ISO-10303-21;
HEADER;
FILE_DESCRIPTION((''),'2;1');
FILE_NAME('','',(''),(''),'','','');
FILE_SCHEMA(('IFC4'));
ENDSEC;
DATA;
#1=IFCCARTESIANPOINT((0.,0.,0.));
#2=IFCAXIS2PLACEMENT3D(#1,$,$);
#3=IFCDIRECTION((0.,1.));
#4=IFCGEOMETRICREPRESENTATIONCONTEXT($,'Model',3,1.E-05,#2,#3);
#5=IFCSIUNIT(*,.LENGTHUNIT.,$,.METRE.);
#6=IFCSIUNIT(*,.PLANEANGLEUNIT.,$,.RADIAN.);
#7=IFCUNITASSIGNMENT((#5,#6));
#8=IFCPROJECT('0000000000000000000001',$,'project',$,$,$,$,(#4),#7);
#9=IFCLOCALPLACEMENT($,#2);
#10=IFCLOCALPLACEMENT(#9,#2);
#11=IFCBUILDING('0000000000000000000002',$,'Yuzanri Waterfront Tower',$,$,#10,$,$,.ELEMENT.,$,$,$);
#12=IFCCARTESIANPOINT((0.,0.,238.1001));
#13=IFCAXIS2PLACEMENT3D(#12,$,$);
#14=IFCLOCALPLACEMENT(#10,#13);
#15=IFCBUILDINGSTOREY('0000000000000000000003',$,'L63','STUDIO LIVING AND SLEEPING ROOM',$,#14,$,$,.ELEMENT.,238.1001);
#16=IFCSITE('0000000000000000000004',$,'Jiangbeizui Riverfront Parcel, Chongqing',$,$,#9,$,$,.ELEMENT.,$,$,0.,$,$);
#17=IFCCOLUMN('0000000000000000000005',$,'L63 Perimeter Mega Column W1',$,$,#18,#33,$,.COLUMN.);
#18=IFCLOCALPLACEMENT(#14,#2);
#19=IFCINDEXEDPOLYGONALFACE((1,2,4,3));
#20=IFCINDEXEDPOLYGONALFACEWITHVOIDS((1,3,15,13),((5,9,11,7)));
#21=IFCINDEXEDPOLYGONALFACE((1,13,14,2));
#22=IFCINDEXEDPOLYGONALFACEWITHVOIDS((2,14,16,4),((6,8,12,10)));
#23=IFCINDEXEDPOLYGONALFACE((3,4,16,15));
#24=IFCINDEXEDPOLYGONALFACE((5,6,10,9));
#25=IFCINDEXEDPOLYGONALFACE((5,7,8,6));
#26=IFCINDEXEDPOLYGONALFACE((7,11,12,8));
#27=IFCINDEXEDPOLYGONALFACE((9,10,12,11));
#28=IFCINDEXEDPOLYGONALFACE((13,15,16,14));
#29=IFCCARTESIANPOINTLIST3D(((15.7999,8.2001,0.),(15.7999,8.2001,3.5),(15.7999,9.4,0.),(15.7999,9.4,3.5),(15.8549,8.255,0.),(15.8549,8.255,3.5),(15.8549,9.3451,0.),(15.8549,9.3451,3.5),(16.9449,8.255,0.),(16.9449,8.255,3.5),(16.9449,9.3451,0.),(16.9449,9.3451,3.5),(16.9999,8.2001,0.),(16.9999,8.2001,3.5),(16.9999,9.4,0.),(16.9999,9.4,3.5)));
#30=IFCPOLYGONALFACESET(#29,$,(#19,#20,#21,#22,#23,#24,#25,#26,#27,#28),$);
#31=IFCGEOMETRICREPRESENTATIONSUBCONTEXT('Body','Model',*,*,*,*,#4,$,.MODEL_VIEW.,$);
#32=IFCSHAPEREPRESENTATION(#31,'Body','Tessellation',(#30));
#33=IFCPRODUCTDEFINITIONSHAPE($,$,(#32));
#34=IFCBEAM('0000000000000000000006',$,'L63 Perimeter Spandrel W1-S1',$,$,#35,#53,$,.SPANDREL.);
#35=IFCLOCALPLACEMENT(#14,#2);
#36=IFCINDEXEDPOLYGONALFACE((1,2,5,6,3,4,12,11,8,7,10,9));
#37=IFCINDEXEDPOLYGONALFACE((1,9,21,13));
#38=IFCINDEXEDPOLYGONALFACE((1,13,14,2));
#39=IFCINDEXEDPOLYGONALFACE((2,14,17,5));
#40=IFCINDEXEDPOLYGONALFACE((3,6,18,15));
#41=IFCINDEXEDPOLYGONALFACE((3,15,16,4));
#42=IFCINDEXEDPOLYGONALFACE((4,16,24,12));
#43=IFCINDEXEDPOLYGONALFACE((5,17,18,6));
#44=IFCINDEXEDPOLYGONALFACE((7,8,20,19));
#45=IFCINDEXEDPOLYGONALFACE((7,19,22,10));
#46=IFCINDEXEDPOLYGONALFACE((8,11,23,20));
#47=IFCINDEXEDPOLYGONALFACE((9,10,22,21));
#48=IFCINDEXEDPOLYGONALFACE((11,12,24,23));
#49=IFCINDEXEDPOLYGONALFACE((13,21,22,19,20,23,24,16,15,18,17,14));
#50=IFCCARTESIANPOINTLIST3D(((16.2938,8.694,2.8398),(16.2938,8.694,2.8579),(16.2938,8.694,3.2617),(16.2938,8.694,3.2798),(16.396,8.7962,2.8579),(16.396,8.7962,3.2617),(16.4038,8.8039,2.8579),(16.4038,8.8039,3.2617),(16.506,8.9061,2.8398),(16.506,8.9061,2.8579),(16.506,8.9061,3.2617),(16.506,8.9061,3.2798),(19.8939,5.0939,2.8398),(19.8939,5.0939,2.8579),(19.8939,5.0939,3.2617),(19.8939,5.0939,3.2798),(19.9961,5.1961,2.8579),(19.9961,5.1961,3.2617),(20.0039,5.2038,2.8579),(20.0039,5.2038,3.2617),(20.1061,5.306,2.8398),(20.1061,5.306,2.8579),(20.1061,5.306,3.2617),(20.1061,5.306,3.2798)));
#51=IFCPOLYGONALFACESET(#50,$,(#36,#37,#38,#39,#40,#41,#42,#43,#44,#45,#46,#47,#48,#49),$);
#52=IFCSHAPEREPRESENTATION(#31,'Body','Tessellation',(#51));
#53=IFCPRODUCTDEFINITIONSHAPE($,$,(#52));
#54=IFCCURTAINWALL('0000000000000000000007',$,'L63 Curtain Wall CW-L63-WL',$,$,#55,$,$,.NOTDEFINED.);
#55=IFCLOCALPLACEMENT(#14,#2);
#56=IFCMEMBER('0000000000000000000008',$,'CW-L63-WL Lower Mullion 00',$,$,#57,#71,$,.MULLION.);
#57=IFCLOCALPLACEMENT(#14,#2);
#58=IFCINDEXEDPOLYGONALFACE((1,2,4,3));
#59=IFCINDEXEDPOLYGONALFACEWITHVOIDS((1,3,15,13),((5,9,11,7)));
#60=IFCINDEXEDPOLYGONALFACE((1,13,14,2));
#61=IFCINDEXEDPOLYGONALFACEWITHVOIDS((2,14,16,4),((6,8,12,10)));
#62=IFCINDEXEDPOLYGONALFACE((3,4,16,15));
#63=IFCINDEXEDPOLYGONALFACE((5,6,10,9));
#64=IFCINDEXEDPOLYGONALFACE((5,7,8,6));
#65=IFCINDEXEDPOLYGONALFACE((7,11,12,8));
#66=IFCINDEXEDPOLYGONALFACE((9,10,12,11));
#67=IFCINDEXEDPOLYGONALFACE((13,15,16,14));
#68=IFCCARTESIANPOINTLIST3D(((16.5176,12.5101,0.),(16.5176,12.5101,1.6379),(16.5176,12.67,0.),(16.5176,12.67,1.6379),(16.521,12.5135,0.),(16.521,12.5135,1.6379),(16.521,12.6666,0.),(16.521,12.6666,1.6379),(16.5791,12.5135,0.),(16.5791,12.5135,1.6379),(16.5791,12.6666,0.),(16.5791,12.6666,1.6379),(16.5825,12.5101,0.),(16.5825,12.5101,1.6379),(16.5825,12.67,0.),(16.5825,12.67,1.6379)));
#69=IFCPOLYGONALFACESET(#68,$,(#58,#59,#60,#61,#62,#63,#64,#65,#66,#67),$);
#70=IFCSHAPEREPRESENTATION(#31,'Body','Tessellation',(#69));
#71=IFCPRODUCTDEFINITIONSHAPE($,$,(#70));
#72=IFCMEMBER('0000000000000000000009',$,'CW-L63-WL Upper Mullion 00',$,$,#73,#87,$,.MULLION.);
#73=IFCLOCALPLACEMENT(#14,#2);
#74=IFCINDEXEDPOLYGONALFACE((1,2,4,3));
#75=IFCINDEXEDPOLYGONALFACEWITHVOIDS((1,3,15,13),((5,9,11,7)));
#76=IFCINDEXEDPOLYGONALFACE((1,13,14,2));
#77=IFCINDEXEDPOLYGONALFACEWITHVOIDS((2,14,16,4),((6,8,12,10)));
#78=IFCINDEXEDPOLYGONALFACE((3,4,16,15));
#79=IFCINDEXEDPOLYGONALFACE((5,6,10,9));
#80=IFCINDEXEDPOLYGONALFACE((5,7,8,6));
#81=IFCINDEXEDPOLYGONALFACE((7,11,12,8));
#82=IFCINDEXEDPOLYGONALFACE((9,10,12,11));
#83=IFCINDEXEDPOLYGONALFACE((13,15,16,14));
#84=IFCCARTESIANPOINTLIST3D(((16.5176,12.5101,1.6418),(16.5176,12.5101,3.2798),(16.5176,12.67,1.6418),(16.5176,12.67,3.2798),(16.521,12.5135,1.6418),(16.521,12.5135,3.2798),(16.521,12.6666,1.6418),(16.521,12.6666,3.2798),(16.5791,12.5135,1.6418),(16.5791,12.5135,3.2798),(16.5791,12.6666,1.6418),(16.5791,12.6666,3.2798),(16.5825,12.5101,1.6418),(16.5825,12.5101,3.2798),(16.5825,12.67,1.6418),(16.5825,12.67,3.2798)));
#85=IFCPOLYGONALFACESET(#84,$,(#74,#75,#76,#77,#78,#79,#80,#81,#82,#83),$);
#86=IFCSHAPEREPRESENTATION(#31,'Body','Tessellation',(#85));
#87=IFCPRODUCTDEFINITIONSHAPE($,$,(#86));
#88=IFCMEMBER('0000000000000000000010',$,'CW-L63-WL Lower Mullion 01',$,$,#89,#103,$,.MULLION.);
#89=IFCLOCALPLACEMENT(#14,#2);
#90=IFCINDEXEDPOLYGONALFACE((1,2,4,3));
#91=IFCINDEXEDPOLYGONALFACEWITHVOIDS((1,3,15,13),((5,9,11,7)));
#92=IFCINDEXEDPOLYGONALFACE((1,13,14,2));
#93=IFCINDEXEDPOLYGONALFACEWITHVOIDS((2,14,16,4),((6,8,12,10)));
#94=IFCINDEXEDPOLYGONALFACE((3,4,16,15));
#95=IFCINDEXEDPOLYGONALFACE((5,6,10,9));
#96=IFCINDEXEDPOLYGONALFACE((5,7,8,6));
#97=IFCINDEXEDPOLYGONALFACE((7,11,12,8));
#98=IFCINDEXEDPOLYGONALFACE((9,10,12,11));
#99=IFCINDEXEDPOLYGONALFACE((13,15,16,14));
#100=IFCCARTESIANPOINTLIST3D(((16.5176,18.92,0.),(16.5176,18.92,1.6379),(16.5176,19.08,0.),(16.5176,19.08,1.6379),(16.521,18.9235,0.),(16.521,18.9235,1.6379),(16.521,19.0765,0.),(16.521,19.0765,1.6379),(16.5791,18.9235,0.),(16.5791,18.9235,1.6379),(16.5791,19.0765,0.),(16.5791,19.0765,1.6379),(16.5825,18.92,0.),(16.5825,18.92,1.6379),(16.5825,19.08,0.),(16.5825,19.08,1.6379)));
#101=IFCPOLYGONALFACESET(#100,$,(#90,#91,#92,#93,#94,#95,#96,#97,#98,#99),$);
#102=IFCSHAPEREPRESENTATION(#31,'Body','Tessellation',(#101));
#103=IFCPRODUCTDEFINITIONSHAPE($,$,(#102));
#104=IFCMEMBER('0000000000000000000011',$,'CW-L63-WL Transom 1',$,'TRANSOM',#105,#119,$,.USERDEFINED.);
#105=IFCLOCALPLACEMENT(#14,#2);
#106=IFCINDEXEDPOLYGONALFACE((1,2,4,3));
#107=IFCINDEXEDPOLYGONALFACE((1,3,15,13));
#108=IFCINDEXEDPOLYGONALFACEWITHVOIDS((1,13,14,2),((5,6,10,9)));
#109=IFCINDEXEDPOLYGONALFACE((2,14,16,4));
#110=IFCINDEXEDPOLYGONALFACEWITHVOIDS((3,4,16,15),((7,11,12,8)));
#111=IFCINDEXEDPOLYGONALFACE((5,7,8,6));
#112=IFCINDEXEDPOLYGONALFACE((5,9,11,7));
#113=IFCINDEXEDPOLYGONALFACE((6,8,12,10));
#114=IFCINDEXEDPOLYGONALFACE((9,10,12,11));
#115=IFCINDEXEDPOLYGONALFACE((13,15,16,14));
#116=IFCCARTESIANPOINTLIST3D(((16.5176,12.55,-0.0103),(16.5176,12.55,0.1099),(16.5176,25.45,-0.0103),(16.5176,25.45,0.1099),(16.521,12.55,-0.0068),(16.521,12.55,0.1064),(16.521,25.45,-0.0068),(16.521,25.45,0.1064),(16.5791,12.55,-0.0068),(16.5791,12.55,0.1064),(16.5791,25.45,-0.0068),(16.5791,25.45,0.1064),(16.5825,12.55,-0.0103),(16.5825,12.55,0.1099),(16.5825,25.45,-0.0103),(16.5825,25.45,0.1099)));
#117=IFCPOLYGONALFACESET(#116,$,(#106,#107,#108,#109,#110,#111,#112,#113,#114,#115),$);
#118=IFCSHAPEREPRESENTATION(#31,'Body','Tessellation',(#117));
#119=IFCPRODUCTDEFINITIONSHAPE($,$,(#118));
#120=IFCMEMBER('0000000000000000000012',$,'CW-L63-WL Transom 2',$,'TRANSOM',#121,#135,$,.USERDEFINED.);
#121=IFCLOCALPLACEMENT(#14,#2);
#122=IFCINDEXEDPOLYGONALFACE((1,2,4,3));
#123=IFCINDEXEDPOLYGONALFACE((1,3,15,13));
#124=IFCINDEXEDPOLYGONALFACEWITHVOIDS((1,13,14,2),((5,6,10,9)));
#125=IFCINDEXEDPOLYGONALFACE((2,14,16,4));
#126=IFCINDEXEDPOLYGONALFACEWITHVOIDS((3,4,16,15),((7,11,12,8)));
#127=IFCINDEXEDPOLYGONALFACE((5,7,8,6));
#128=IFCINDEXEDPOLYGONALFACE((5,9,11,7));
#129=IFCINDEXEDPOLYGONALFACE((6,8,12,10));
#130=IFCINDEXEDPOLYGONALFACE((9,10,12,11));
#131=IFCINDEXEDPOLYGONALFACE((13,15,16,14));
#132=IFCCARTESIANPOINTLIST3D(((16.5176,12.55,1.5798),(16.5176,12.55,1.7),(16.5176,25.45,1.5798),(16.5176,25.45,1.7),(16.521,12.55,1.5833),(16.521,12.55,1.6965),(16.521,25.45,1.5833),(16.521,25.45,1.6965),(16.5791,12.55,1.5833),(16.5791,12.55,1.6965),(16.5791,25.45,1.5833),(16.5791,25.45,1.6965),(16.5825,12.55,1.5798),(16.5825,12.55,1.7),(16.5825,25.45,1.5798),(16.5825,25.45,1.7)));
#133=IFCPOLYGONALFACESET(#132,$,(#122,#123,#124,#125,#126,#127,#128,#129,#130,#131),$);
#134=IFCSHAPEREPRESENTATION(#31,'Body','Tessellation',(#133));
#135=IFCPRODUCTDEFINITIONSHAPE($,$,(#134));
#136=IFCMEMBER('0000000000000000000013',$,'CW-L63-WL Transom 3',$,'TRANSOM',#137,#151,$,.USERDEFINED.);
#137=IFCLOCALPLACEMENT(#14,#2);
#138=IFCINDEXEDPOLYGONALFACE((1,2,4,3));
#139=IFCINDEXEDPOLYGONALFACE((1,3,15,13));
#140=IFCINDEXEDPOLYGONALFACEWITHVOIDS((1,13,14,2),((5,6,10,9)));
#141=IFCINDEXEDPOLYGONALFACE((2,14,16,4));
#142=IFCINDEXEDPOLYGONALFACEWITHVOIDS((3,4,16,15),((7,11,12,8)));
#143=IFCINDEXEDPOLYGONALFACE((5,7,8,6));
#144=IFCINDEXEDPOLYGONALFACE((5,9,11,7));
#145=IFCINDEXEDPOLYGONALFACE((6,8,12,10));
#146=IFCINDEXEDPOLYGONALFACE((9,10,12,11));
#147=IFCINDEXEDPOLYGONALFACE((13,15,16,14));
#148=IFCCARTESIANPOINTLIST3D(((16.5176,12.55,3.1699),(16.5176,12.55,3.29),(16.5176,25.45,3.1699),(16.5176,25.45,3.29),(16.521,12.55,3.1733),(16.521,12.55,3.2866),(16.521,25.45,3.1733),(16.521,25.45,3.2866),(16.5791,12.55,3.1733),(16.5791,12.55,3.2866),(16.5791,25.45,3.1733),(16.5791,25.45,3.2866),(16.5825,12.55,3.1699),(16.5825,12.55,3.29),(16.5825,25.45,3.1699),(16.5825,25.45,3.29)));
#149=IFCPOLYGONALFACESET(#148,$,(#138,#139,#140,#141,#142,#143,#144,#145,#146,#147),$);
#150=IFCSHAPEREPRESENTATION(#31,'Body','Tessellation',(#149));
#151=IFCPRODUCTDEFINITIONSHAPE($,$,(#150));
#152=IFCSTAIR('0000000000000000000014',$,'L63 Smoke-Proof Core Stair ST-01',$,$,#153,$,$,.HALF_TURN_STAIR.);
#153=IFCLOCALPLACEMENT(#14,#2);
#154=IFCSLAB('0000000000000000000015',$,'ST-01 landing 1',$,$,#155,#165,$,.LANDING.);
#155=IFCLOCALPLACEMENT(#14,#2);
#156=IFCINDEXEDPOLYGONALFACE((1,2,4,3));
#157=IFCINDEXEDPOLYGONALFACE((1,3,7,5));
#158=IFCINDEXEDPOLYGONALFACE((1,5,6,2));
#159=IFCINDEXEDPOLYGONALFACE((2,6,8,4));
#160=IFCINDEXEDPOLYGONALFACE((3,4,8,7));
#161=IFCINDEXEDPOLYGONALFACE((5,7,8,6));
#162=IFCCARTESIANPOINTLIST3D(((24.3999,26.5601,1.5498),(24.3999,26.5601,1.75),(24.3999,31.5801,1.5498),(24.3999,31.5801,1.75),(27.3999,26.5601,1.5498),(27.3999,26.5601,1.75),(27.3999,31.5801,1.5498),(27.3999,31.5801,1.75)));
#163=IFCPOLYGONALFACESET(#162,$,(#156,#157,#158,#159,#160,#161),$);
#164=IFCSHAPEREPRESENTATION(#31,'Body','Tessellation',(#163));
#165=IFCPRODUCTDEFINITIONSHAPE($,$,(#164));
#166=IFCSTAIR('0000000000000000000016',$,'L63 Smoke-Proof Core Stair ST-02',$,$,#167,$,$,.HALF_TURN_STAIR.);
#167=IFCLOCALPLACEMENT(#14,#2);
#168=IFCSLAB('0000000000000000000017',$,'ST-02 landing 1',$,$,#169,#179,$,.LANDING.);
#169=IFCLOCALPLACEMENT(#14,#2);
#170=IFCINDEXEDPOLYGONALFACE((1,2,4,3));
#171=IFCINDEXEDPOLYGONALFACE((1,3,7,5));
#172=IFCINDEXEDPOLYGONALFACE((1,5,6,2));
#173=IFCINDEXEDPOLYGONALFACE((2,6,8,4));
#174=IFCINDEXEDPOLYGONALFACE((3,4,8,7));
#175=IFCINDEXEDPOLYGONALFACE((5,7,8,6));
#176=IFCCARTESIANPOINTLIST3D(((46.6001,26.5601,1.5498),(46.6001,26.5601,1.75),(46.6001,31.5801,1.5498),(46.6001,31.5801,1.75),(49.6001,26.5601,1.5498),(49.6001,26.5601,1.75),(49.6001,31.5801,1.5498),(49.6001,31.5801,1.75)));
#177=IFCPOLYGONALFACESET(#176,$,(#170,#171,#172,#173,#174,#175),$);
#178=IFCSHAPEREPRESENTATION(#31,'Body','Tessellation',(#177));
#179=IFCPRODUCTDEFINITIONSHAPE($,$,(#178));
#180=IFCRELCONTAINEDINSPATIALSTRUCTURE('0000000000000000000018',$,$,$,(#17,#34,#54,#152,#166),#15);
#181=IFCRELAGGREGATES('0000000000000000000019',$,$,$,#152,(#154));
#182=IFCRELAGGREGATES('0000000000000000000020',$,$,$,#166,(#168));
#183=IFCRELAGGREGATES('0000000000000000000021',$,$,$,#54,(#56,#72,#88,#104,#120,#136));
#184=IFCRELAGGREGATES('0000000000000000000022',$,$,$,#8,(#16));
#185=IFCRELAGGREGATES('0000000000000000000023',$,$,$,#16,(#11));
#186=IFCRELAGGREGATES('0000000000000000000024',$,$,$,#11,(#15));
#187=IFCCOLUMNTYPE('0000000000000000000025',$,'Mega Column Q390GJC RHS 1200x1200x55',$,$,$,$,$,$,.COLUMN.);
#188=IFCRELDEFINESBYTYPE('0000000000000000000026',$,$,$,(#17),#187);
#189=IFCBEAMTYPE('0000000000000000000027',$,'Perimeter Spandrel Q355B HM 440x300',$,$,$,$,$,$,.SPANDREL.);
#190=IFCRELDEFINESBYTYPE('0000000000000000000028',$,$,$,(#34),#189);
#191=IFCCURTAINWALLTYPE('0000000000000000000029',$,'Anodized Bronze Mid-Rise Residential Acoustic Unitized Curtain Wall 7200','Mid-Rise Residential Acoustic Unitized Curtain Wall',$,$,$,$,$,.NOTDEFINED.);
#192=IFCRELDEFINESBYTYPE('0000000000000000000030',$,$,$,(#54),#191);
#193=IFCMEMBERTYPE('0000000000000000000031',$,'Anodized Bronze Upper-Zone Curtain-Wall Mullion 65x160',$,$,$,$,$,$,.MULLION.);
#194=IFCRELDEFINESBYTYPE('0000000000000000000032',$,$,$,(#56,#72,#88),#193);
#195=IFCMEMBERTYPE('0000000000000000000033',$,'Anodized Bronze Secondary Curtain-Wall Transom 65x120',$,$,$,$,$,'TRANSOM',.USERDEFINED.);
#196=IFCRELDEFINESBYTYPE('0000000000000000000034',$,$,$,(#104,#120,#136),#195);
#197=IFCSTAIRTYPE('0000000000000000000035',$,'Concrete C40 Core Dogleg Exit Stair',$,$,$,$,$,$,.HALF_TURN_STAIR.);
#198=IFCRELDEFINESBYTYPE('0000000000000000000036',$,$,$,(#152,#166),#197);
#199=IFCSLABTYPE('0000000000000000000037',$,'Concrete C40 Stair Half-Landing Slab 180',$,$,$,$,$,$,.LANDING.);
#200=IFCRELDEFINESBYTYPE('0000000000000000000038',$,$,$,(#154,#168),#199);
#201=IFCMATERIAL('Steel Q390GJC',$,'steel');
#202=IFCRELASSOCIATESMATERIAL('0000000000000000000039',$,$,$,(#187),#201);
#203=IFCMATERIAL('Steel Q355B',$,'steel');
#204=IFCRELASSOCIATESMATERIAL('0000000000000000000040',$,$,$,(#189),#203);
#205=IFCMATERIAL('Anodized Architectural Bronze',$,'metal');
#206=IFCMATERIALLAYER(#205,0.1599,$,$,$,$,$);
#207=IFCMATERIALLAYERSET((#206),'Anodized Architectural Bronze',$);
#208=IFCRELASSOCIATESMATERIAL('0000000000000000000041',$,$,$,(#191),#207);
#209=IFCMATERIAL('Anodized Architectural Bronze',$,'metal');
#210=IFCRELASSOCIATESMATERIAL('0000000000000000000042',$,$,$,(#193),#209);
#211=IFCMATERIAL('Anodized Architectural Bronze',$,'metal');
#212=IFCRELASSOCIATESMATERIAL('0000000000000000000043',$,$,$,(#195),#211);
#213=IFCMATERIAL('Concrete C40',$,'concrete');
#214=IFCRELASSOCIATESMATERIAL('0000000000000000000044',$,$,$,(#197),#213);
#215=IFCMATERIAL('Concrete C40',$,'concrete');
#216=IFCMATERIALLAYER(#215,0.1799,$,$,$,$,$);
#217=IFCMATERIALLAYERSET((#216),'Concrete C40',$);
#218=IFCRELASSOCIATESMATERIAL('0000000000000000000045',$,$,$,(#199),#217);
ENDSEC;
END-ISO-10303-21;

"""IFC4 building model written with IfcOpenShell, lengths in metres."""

from ifc_helpers import new_model, si_unit, direction, frame, origin, origin_2d, place, context, subcontext, project, spatial, polyline, hollow_rectangle, i_section, outline, extrude, source, transform, mapped, material, layer, layer_set, material_profile, profile_set, type_object, element, aggregate, save


model = new_model("IFC4")

# Units and contexts
model_context = context("Model", 3, precision=1e-05, world=origin(), true_north=direction((0.0, 1.0)))
body_context = subcontext(model_context, "Body", "Model", "MODEL_VIEW")
ifc_project = project(units=[si_unit("LENGTHUNIT", "METRE"), si_unit("PLANEANGLEUNIT", "RADIAN")], contexts=[model_context])

# Site, building, storey
site_placement = place(None, origin())
site = spatial("IfcSite", under=ifc_project, at=site_placement, Name="Jiangbeizui Riverfront Parcel, Chongqing", CompositionType="ELEMENT", RefElevation=0.0)
building_placement = place(site_placement, origin())
building = spatial("IfcBuilding", under=site, at=building_placement, Name="Yuzanri Waterfront Tower", CompositionType="ELEMENT")
storey_placement = place(building_placement, frame((0.0, 0.0, 238.1001)))
storey = spatial("IfcBuildingStorey", under=building, at=storey_placement, Name="L63", Description="STUDIO LIVING AND SLEEPING ROOM", CompositionType="ELEMENT", Elevation=238.1001)

# Column
ifc_material_1 = material(Name="Steel Q390GJC", Category="steel")
ifc_material_profile_1 = material_profile(ifc_material_1, hollow_rectangle(XDim=1.2, YDim=1.2, WallThickness=0.0549, at=origin_2d()), Name="RHS 1200x1200x55")
ifc_profile_set_1 = profile_set([ifc_material_profile_1], Name="Steel Q390GJC")
column_type = type_object("IfcColumnType", Name="Mega Column Q390GJC RHS 1200x1200x55", PredefinedType="COLUMN", material=ifc_profile_set_1)
shared_shape_1 = source(origin(), body_context, "Body", "SweptSolid", [
    extrude(hollow_rectangle(XDim=1.2, YDim=1.2, WallThickness=0.0549, at=origin_2d()), origin(), (0.0, 0.0, 1.0), 3.5),
])
column_placement = place(storey_placement, frame((16.3999, 8.8, 0.0), z_axis=(0.0, 0.0, 1.0), x_axis=(1.0, 0.0, 0.0)))
element("IfcColumn", 1, at=column_placement, inside=storey, type_object=column_type, Name="L63 Perimeter Mega Column W1", PredefinedType="COLUMN", context=body_context, shape_type="MappedRepresentation", body=[
    mapped(shared_shape_1, transform((0.0, 0.0, 0.0), scale=1.0)),
])

# Beam
ifc_material_2 = material(Name="Steel Q355B", Category="steel")
ifc_material_profile_2 = material_profile(ifc_material_2, i_section(OverallWidth=0.3, OverallDepth=0.4399, WebThickness=0.011, FlangeThickness=0.0181, at=origin_2d()), Name="HM 440x300x11x18")
ifc_profile_set_2 = profile_set([ifc_material_profile_2], Name="Steel Q355B")
beam_type = type_object("IfcBeamType", Name="Perimeter Spandrel Q355B HM 440x300", PredefinedType="SPANDREL", material=ifc_profile_set_2)
shared_shape_2 = source(origin(), body_context, "Body", "SweptSolid", [
    extrude(i_section(OverallWidth=0.3, OverallDepth=0.4399, WebThickness=0.011, FlangeThickness=0.0181, at=origin_2d()), origin(), (0.0, 0.0, 1.0), 5.0913),
])
beam_placement = place(storey_placement, frame((16.3999, 8.8, 3.0598), z_axis=(0.707107, -0.707107, 0.0), x_axis=(0.707107, 0.707107, 0.0)))
element("IfcBeam", 2, at=beam_placement, inside=storey, type_object=beam_type, Name="L63 Perimeter Spandrel W1-S1", PredefinedType="SPANDREL", context=body_context, shape_type="MappedRepresentation", body=[
    mapped(shared_shape_2, transform((0.0, 0.0, 0.0), scale=1.0)),
])

# Curtain wall, members
ifc_material_3 = material(Name="Anodized Architectural Bronze", Category="metal")
ifc_layer_1 = layer(ifc_material_3, 0.1599)
ifc_layer_set_1 = layer_set([ifc_layer_1], Name="Anodized Architectural Bronze")
curtain_wall_type = type_object("IfcCurtainWallType", Name="Anodized Bronze Mid-Rise Residential Acoustic Unitized Curtain Wall 7200", Description="Mid-Rise Residential Acoustic Unitized Curtain Wall", PredefinedType="NOTDEFINED", material=ifc_layer_set_1)
curtain_wall_placement = place(storey_placement, origin())
curtain_wall = element("IfcCurtainWall", 3, at=curtain_wall_placement, inside=storey, type_object=curtain_wall_type, Name="L63 Curtain Wall CW-L63-WL", PredefinedType="NOTDEFINED")
ifc_material_4 = material(Name="Anodized Architectural Bronze", Category="metal")
ifc_material_profile_3 = material_profile(ifc_material_4, hollow_rectangle(XDim=0.0649, YDim=0.1599, WallThickness=0.0034, at=origin_2d()), Name="CWM 65x160")
ifc_profile_set_3 = profile_set([ifc_material_profile_3], Name="Anodized Architectural Bronze")
member_type_1 = type_object("IfcMemberType", Name="Anodized Bronze Upper-Zone Curtain-Wall Mullion 65x160", PredefinedType="MULLION", material=ifc_profile_set_3)
shared_shape_3 = source(origin(), body_context, "Body", "SweptSolid", [
    extrude(hollow_rectangle(XDim=0.0649, YDim=0.1599, WallThickness=0.0034, at=origin_2d()), origin(), (0.0, 0.0, 1.0), 1.6379),
])
member_1_placement = place(storey_placement, frame((16.55, 12.5901, 0.0), z_axis=(0.0, 0.0, 1.0), x_axis=(1.0, 0.0, 0.0)))
member_1 = element("IfcMember", 4, at=member_1_placement, type_object=member_type_1, Name="CW-L63-WL Lower Mullion 00", PredefinedType="MULLION", context=body_context, shape_type="MappedRepresentation", body=[
    mapped(shared_shape_3, transform((0.0, 0.0, 0.0), scale=1.0)),
])
member_2_placement = place(storey_placement, frame((16.55, 12.5901, 1.6418), z_axis=(0.0, 0.0, 1.0), x_axis=(1.0, 0.0, 0.0)))
member_2 = element("IfcMember", 5, at=member_2_placement, type_object=member_type_1, Name="CW-L63-WL Upper Mullion 00", PredefinedType="MULLION", context=body_context, shape_type="MappedRepresentation", body=[
    mapped(shared_shape_3, transform((0.0, 0.0, 0.0), scale=1.0)),
])
member_3_placement = place(storey_placement, frame((16.55, 19.0, 0.0), z_axis=(0.0, 0.0, 1.0), x_axis=(1.0, 0.0, 0.0)))
member_3 = element("IfcMember", 6, at=member_3_placement, type_object=member_type_1, Name="CW-L63-WL Lower Mullion 01", PredefinedType="MULLION", context=body_context, shape_type="MappedRepresentation", body=[
    mapped(shared_shape_3, transform((0.0, 0.0, 0.0), scale=1.0)),
])
ifc_material_5 = material(Name="Anodized Architectural Bronze", Category="metal")
ifc_material_profile_4 = material_profile(ifc_material_5, hollow_rectangle(XDim=0.0649, YDim=0.1201, WallThickness=0.0034, at=origin_2d()), Name="CWT 65x120")
ifc_profile_set_4 = profile_set([ifc_material_profile_4], Name="Anodized Architectural Bronze")
member_type_2 = type_object("IfcMemberType", Name="Anodized Bronze Secondary Curtain-Wall Transom 65x120", ElementType="TRANSOM", PredefinedType="USERDEFINED", material=ifc_profile_set_4)
shared_shape_4 = source(origin(), body_context, "Body", "SweptSolid", [
    extrude(hollow_rectangle(XDim=0.0649, YDim=0.1201, WallThickness=0.0034, at=origin_2d()), origin(), (0.0, 0.0, 1.0), 12.8999),
])
member_4_placement = place(storey_placement, frame((16.55, 12.55, 0.0498), z_axis=(0.0, 1.0, 0.0), x_axis=(-1.0, 0.0, 0.0)))
member_4 = element("IfcMember", 7, at=member_4_placement, type_object=member_type_2, Name="CW-L63-WL Transom 1", ObjectType="TRANSOM", PredefinedType="USERDEFINED", context=body_context, shape_type="MappedRepresentation", body=[
    mapped(shared_shape_4, transform((0.0, 0.0, 0.0), scale=1.0)),
])
member_5_placement = place(storey_placement, frame((16.55, 12.55, 1.6399), z_axis=(0.0, 1.0, 0.0), x_axis=(-1.0, 0.0, 0.0)))
member_5 = element("IfcMember", 8, at=member_5_placement, type_object=member_type_2, Name="CW-L63-WL Transom 2", ObjectType="TRANSOM", PredefinedType="USERDEFINED", context=body_context, shape_type="MappedRepresentation", body=[
    mapped(shared_shape_4, transform((0.0, 0.0, 0.0), scale=1.0)),
])
member_6_placement = place(storey_placement, frame((16.55, 12.55, 3.23), z_axis=(0.0, 1.0, 0.0), x_axis=(-1.0, 0.0, 0.0)))
member_6 = element("IfcMember", 9, at=member_6_placement, type_object=member_type_2, Name="CW-L63-WL Transom 3", ObjectType="TRANSOM", PredefinedType="USERDEFINED", context=body_context, shape_type="MappedRepresentation", body=[
    mapped(shared_shape_4, transform((0.0, 0.0, 0.0), scale=1.0)),
])

# Stairs, slabs
ifc_material_6 = material(Name="Concrete C40", Category="concrete")
stair_type = type_object("IfcStairType", Name="Concrete C40 Core Dogleg Exit Stair", PredefinedType="HALF_TURN_STAIR", material=ifc_material_6)
stair_1_placement = place(storey_placement, origin())
stair_1 = element("IfcStair", 10, at=stair_1_placement, inside=storey, type_object=stair_type, Name="L63 Smoke-Proof Core Stair ST-01", PredefinedType="HALF_TURN_STAIR")
ifc_material_7 = material(Name="Concrete C40", Category="concrete")
ifc_layer_2 = layer(ifc_material_7, 0.1799)
ifc_layer_set_2 = layer_set([ifc_layer_2], Name="Concrete C40")
slab_type_1 = type_object("IfcSlabType", Name="Concrete C40 Stair Half-Landing Slab 180", PredefinedType="LANDING", material=ifc_layer_set_2)
slab_1_placement = place(storey_placement, frame((0.0, 0.0, 1.5498)))
slab_1 = element("IfcSlab", 11, at=slab_1_placement, type_object=slab_type_1, Name="ST-01 landing 1", PredefinedType="LANDING", context=body_context, shape_type="SweptSolid", body=[
    extrude(outline(polyline([(27.3999, 26.5601), (27.3999, 31.5801), (24.3999, 31.5801), (24.3999, 26.5601), (27.3999, 26.5601)])), origin(), (0.0, 0.0, 1.0), 0.2002),
])
aggregate(stair_1, [slab_1])
stair_2_placement = place(storey_placement, origin())
stair_2 = element("IfcStair", 12, at=stair_2_placement, inside=storey, type_object=stair_type, Name="L63 Smoke-Proof Core Stair ST-02", PredefinedType="HALF_TURN_STAIR")
slab_2_placement = place(storey_placement, frame((0.0, 0.0, 1.5498)))
slab_2 = element("IfcSlab", 13, at=slab_2_placement, type_object=slab_type_1, Name="ST-02 landing 1", PredefinedType="LANDING", context=body_context, shape_type="SweptSolid", body=[
    extrude(outline(polyline([(49.6001, 26.5601), (49.6001, 31.5801), (46.6001, 31.5801), (46.6001, 26.5601), (49.6001, 26.5601)])), origin(), (0.0, 0.0, 1.0), 0.2002),
])
aggregate(stair_2, [slab_2])

aggregate(curtain_wall, [member_1, member_2, member_3, member_4, member_5, member_6])

save(model, "model.ifc")
